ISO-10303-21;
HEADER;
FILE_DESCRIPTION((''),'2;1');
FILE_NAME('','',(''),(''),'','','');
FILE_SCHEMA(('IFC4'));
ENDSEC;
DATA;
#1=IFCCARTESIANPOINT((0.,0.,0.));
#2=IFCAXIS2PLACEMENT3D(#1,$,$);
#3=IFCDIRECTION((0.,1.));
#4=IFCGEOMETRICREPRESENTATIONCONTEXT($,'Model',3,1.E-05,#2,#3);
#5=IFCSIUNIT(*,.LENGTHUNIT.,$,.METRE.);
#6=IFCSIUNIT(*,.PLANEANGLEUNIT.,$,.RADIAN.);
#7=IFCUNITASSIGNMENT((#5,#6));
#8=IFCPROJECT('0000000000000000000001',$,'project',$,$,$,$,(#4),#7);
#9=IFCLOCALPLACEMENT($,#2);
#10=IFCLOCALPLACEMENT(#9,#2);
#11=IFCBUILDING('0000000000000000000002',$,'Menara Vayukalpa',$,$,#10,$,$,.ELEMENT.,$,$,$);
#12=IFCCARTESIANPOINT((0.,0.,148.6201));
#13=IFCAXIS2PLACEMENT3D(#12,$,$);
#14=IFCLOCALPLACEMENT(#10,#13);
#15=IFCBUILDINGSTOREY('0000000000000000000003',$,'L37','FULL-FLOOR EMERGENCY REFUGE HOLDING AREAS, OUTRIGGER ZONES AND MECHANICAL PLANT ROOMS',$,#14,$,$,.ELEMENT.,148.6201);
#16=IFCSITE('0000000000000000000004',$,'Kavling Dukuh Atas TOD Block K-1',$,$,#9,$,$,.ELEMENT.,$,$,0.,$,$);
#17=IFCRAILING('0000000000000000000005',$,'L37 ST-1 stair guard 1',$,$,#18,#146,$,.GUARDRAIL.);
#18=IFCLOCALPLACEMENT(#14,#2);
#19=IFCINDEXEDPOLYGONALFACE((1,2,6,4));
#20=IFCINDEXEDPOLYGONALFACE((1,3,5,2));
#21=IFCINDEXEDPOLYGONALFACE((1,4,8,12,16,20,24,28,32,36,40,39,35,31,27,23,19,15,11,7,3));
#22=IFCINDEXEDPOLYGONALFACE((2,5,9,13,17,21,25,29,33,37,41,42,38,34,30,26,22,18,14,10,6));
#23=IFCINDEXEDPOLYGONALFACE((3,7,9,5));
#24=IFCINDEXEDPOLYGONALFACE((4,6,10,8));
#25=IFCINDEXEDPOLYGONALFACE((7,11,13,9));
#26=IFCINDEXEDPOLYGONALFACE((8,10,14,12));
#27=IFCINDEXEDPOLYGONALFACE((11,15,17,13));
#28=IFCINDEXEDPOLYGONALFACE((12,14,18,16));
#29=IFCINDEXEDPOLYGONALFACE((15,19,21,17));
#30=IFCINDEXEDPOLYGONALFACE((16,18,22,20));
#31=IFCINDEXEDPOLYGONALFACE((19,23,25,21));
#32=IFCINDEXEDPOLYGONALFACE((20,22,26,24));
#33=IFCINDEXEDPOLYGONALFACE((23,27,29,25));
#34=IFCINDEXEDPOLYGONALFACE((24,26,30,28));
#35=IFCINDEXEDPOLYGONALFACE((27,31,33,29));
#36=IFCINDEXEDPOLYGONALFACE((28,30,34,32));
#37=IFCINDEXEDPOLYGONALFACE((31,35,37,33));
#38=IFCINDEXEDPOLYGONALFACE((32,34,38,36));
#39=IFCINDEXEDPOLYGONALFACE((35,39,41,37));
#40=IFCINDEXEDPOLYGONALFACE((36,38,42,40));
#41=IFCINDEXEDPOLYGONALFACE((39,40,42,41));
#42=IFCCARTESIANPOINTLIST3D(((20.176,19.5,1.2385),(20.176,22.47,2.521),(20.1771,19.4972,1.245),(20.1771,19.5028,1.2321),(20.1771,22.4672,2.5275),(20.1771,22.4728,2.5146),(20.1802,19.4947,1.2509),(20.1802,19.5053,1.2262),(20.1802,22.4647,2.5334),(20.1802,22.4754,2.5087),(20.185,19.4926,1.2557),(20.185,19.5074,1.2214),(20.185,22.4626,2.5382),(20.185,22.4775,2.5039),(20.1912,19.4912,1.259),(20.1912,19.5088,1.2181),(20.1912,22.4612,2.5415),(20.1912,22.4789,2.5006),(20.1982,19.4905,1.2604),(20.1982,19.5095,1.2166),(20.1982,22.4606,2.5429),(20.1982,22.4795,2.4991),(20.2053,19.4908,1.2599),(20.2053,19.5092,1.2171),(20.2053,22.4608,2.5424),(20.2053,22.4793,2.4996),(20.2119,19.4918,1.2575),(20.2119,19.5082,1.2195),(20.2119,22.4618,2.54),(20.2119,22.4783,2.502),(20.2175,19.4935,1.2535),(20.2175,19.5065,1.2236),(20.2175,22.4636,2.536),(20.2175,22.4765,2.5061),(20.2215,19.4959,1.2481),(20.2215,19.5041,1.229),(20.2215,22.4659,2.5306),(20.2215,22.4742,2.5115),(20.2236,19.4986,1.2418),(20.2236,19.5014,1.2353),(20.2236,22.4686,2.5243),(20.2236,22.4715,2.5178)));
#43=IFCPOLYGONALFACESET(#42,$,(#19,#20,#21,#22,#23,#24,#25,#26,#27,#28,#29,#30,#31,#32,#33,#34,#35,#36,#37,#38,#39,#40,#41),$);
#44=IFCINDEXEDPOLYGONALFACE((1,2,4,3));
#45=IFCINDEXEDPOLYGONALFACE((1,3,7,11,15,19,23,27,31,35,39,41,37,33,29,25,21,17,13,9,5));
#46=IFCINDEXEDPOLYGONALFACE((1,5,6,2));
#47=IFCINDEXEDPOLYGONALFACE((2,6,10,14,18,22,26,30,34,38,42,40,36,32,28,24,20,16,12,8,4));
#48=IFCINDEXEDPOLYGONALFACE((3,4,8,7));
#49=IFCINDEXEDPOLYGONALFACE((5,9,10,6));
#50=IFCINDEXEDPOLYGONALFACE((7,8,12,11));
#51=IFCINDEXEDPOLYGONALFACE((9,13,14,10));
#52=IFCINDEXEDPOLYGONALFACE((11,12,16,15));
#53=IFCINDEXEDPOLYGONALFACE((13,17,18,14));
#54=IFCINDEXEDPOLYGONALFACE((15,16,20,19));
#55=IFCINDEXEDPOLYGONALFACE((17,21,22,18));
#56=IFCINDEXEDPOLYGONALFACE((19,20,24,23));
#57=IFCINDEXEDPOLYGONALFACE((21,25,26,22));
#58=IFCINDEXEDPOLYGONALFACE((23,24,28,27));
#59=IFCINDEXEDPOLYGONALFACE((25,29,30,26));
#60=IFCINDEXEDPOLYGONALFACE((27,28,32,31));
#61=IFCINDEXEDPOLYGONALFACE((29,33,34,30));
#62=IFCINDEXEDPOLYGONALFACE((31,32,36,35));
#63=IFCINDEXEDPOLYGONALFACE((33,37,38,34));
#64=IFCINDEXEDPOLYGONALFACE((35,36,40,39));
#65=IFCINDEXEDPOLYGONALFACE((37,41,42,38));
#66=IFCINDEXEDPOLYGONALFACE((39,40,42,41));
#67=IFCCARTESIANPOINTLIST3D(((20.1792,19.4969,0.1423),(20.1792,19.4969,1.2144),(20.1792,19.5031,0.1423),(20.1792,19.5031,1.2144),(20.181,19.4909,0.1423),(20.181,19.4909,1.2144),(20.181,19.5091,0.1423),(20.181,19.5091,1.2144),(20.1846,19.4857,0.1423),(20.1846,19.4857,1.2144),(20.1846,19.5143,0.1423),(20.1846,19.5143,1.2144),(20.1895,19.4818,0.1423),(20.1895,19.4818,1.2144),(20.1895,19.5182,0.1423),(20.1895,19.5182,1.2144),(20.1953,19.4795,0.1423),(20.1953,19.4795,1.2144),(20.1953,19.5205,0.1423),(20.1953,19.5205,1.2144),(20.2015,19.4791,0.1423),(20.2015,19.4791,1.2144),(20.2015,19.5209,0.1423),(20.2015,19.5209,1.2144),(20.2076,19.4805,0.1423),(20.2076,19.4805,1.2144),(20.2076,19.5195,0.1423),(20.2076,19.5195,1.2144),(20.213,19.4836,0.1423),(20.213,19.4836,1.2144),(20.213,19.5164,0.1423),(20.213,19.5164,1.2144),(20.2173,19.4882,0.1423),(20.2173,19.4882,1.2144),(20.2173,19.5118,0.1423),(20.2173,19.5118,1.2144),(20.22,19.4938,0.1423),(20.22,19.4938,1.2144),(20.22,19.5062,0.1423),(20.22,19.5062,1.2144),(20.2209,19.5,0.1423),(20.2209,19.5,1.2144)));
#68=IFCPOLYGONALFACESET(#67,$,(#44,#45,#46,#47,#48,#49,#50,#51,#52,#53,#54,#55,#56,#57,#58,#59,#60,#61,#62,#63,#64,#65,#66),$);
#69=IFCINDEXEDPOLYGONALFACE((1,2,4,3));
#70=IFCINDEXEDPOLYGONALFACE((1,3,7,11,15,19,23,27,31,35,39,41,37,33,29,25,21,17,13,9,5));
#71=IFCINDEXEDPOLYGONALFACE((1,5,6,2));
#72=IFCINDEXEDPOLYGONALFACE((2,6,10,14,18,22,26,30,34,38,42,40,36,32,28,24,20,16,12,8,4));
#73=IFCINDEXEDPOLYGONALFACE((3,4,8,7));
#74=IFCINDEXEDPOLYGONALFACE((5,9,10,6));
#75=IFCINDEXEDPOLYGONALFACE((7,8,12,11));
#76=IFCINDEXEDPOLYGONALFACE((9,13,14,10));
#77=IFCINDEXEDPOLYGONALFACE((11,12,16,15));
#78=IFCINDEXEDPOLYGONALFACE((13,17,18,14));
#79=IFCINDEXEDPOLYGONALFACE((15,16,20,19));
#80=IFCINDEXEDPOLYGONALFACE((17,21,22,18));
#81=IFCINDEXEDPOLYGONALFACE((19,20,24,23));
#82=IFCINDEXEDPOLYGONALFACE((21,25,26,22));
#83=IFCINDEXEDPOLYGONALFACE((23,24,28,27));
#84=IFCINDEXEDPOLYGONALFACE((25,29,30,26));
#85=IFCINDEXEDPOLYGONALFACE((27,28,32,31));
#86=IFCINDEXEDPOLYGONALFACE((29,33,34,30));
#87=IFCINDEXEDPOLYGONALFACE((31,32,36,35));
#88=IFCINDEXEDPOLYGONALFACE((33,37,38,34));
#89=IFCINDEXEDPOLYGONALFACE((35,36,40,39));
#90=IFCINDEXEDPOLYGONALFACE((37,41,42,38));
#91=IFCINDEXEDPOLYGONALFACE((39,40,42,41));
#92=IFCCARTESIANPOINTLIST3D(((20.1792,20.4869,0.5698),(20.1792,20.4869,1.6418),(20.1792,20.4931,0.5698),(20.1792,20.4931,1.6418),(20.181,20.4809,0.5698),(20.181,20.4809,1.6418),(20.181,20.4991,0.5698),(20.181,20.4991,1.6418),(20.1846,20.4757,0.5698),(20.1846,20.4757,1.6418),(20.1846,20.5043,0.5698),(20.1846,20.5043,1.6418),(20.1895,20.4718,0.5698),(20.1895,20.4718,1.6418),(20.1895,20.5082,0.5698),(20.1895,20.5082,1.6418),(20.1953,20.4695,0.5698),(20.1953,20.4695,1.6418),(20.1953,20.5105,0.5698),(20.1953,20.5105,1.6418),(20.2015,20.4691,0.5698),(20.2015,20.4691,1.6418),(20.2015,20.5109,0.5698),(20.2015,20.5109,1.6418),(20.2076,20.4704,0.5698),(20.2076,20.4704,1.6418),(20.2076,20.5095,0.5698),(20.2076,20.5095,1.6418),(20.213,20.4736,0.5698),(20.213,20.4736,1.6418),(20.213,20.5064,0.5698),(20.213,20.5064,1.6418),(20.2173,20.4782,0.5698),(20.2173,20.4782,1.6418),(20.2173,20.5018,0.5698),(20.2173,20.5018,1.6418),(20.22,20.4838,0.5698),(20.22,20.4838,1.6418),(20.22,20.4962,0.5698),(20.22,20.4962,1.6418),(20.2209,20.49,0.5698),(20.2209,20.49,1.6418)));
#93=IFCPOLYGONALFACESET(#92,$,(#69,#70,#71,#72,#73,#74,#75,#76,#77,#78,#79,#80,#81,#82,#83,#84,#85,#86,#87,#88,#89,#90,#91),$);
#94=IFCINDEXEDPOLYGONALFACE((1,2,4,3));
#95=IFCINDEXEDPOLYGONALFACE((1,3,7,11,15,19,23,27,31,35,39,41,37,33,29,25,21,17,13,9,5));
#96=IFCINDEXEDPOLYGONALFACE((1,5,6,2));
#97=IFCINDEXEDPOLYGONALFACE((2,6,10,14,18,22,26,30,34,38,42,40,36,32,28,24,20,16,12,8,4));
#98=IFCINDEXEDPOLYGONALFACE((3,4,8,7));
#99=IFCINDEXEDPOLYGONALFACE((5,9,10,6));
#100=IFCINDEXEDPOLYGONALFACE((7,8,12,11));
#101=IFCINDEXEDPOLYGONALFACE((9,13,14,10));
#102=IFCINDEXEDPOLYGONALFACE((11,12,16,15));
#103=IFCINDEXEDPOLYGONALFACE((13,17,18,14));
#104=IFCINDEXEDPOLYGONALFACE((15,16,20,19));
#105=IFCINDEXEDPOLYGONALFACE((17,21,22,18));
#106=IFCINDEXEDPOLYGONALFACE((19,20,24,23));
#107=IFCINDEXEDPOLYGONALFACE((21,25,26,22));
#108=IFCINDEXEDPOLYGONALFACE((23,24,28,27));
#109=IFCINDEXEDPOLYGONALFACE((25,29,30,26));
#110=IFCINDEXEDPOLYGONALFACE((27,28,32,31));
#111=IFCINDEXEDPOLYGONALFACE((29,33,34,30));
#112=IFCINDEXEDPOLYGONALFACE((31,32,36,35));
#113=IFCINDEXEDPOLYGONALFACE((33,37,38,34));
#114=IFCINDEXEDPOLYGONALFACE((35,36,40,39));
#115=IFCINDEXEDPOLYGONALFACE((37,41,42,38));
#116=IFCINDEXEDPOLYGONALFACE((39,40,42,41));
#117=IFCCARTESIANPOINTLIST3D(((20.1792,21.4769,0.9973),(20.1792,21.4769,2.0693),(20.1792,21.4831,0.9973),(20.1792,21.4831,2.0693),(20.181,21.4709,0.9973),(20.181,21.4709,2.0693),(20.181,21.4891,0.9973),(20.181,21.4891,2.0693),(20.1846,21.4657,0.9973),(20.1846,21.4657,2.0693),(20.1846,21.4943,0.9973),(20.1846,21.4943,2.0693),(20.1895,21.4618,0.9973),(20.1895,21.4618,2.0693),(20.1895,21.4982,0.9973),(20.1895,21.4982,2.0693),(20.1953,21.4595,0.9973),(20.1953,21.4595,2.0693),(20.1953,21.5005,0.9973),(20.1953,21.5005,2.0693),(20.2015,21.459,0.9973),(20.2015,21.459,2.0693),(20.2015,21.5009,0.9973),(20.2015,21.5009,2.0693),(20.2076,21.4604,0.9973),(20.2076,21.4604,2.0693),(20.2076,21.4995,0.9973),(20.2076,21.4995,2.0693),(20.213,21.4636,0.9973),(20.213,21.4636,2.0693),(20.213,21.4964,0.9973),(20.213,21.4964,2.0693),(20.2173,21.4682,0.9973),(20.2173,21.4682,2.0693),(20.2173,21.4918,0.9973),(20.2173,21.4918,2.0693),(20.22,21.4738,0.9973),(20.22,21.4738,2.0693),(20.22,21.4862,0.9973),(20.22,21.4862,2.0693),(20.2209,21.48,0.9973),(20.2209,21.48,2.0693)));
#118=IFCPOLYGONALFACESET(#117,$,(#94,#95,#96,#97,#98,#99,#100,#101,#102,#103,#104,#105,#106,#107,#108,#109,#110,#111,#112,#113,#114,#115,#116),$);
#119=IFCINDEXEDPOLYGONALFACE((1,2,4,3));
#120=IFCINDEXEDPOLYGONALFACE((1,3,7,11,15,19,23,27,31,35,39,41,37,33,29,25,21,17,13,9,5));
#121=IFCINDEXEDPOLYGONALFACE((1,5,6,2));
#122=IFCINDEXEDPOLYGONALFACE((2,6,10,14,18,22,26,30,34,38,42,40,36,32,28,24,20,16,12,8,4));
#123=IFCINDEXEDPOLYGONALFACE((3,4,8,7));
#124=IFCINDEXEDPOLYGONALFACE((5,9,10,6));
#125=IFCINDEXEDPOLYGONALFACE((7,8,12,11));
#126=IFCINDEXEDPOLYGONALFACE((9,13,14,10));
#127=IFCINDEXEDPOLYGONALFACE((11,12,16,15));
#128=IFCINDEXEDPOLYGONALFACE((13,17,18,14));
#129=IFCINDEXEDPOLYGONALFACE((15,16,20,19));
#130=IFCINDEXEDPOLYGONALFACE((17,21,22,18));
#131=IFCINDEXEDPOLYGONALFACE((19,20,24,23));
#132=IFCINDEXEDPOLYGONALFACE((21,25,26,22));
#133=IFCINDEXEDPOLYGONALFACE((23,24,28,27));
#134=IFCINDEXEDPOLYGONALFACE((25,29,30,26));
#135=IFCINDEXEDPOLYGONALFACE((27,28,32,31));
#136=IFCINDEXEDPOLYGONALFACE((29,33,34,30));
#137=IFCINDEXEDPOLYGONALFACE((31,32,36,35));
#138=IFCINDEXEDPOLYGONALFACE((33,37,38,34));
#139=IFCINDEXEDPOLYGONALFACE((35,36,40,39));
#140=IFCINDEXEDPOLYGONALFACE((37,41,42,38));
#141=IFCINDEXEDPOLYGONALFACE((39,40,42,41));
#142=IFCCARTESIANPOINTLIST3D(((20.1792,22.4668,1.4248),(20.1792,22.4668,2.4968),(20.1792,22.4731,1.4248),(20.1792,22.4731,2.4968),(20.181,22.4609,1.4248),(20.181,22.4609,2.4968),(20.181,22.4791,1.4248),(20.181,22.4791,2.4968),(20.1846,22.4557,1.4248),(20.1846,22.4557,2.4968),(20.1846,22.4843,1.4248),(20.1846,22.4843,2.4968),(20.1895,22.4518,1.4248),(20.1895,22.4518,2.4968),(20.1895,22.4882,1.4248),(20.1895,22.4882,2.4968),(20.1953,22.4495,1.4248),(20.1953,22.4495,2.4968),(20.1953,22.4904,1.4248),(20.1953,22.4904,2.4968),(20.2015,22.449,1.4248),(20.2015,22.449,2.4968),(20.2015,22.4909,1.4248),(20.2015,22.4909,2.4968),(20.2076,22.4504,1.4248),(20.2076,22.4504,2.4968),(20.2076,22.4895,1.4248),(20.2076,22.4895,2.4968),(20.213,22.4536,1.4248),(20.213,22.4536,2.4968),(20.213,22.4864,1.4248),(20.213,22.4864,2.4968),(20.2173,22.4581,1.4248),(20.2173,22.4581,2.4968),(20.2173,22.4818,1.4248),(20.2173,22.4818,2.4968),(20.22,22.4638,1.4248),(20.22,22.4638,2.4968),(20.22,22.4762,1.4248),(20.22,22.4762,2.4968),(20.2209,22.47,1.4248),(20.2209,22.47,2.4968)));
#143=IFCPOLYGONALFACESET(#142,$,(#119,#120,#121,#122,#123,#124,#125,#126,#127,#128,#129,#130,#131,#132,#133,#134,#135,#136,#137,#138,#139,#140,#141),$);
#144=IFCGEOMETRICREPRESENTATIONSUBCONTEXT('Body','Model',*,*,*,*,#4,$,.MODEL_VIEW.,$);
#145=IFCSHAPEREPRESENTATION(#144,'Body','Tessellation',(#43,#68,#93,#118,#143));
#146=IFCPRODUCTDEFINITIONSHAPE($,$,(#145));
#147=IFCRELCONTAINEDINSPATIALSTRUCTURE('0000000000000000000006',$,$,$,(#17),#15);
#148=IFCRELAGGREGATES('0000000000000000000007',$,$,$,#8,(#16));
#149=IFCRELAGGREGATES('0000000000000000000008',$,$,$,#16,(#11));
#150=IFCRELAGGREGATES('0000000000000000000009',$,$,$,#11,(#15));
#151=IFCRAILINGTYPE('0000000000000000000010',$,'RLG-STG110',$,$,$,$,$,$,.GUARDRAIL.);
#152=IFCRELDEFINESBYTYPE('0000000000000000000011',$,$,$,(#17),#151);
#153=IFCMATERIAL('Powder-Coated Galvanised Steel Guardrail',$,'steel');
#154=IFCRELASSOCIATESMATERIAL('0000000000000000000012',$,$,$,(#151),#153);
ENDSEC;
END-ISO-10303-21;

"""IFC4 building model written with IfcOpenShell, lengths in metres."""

from ifc_helpers import new_model, si_unit, direction, frame, origin, origin_2d, place, context, subcontext, project, spatial, circle, extrude, material, type_object, element, save


model = new_model("IFC4")

# Units and contexts
model_context = context("Model", 3, precision=1e-05, world=origin(), true_north=direction((0.0, 1.0)))
body_context = subcontext(model_context, "Body", "Model", "MODEL_VIEW")
ifc_project = project(units=[si_unit("LENGTHUNIT", "METRE"), si_unit("PLANEANGLEUNIT", "RADIAN")], contexts=[model_context])

# Site, building, storey
site_placement = place(None, origin())
site = spatial("IfcSite", under=ifc_project, at=site_placement, Name="Kavling Dukuh Atas TOD Block K-1", CompositionType="ELEMENT", RefElevation=0.0)
building_placement = place(site_placement, origin())
building = spatial("IfcBuilding", under=site, at=building_placement, Name="Menara Vayukalpa", CompositionType="ELEMENT")
storey_placement = place(building_placement, frame((0.0, 0.0, 148.6201)))
storey = spatial("IfcBuildingStorey", under=building, at=storey_placement, Name="L37", Description="FULL-FLOOR EMERGENCY REFUGE HOLDING AREAS, OUTRIGGER ZONES AND MECHANICAL PLANT ROOMS", CompositionType="ELEMENT", Elevation=148.6201)

# Railing
ifc_material_1 = material(Name="Powder-Coated Galvanised Steel Guardrail", Category="steel")
railing_type_1 = type_object("IfcRailingType", Name="RLG-STG110", PredefinedType="GUARDRAIL", material=ifc_material_1)
railing_1_placement = place(storey_placement, frame((20.2, 19.5, 0.1423)))
element("IfcRailing", 1, at=railing_1_placement, inside=storey, type_object=railing_type_1, Name="L37 ST-1 stair guard 1", PredefinedType="GUARDRAIL", context=body_context, shape_type="SweptSolid", body=[
    extrude(circle(Radius=0.0239, at=origin_2d()), frame((0.0, 0.0, 1.0962), z_axis=(0.0, 0.918064, 0.396432), x_axis=(-1.0, 0.0, 0.0)), (0.0, 0.0, 1.0), 3.2351),
    extrude(circle(Radius=0.021, at=origin_2d()), origin(), (0.0, 0.0, 1.0), 1.072),
    extrude(circle(Radius=0.021, at=origin_2d()), frame((0.0, 0.99, 0.4275)), (0.0, 0.0, 1.0), 1.072),
    extrude(circle(Radius=0.021, at=origin_2d()), frame((0.0, 1.98, 0.855)), (0.0, 0.0, 1.0), 1.072),
    extrude(circle(Radius=0.021, at=origin_2d()), frame((0.0, 2.97, 1.2825)), (0.0, 0.0, 1.0), 1.072),
])

save(model, "model.ifc")
